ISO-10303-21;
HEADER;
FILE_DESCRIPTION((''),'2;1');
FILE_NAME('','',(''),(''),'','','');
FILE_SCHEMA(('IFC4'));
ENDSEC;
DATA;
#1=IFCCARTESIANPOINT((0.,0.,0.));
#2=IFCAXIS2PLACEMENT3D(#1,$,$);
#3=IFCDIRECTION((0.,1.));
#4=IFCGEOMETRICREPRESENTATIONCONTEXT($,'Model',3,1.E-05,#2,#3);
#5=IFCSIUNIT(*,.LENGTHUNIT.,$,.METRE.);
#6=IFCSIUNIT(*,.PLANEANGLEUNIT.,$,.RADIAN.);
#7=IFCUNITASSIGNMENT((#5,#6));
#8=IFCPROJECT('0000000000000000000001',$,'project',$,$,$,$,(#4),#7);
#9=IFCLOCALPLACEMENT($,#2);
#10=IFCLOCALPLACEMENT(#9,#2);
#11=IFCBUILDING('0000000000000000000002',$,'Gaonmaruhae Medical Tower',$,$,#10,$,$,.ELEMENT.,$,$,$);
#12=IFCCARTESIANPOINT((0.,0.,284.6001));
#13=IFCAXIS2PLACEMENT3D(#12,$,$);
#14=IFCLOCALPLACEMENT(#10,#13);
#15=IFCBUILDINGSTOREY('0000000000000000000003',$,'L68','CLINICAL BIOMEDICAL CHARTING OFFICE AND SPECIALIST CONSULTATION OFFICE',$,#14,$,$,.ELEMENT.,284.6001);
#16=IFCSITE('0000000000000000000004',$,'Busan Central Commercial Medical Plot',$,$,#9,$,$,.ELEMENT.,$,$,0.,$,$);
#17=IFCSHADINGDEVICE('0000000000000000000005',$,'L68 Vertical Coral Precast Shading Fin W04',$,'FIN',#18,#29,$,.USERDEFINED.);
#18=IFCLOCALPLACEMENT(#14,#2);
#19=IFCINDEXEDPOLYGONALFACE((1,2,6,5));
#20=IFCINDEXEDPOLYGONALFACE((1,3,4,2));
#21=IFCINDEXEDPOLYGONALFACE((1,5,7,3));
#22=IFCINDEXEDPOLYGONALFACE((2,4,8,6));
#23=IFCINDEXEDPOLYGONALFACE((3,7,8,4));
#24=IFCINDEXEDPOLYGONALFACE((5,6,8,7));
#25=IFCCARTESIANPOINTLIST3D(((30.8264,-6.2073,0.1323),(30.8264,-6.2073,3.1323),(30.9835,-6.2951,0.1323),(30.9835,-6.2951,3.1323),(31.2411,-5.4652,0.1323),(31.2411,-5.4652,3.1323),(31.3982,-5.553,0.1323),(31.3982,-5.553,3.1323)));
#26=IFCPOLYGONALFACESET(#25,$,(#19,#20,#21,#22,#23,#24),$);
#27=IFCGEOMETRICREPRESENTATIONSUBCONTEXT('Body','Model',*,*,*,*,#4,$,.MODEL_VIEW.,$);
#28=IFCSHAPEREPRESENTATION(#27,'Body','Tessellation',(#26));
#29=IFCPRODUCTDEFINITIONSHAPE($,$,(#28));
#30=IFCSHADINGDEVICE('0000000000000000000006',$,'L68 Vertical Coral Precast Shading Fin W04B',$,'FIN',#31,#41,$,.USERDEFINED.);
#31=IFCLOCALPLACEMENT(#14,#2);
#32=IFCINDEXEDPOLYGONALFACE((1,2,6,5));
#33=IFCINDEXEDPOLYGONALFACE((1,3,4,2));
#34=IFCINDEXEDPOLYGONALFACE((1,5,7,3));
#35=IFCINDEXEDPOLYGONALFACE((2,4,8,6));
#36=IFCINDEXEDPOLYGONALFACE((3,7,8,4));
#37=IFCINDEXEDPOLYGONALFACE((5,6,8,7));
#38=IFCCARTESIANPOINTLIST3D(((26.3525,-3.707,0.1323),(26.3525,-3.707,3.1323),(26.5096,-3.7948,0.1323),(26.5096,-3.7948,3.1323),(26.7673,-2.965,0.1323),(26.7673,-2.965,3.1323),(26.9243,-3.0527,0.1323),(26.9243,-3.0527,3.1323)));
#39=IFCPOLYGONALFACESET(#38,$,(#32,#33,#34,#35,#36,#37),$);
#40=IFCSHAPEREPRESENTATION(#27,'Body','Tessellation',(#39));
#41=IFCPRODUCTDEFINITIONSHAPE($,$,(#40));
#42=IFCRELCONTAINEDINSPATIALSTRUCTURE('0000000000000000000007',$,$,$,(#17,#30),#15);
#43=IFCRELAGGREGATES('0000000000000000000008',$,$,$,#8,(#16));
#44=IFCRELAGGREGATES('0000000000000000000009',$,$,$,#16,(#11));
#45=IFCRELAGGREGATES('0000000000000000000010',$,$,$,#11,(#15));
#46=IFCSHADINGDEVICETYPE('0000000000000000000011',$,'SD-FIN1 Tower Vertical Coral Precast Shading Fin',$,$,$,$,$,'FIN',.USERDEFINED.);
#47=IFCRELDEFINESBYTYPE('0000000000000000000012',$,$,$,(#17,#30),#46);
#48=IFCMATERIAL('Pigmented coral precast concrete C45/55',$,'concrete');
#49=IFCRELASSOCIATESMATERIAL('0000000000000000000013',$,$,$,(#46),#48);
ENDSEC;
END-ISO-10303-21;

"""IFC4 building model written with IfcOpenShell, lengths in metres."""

from ifc_helpers import new_model, si_unit, direction, frame, origin, origin_2d, place, context, subcontext, project, spatial, rectangle, extrude, material, type_object, element, save


model = new_model("IFC4")

# Units and contexts
model_context = context("Model", 3, precision=1e-05, world=origin(), true_north=direction((0.0, 1.0)))
body_context = subcontext(model_context, "Body", "Model", "MODEL_VIEW")
ifc_project = project(units=[si_unit("LENGTHUNIT", "METRE"), si_unit("PLANEANGLEUNIT", "RADIAN")], contexts=[model_context])

# Site, building, storey
site_placement = place(None, origin())
site = spatial("IfcSite", under=ifc_project, at=site_placement, Name="Busan Central Commercial Medical Plot", CompositionType="ELEMENT", RefElevation=0.0)
building_placement = place(site_placement, origin())
building = spatial("IfcBuilding", under=site, at=building_placement, Name="Gaonmaruhae Medical Tower", CompositionType="ELEMENT")
storey_placement = place(building_placement, frame((0.0, 0.0, 284.6001)))
storey = spatial("IfcBuildingStorey", under=building, at=storey_placement, Name="L68", Description="CLINICAL BIOMEDICAL CHARTING OFFICE AND SPECIALIST CONSULTATION OFFICE", CompositionType="ELEMENT", Elevation=284.6001)

# Shading devices
ifc_material_1 = material(Name="Pigmented coral precast concrete C45/55", Category="concrete")
shading_device_type = type_object("IfcShadingDeviceType", Name="SD-FIN1 Tower Vertical Coral Precast Shading Fin", ElementType="FIN", PredefinedType="USERDEFINED", material=ifc_material_1)
for number, where, z_axis, x_axis, name in (
    (1, (31.1123, -5.8801, 0.1323), (0.0, 0.0, 1.0), (-0.872922, 0.48786, 0.0), "L68 Vertical Coral Precast Shading Fin W04"),
    (2, (26.6384, -3.3799, 0.1323), (0.0, 0.0, 1.0), (-0.872922, 0.48786, 0.0), "L68 Vertical Coral Precast Shading Fin W04B"),
):
    element("IfcShadingDevice", number, at=place(storey_placement, frame(where, z_axis=z_axis, x_axis=x_axis)), inside=storey, type_object=shading_device_type, Name=name, ObjectType="FIN", PredefinedType="USERDEFINED", context=body_context, shape_type="SweptSolid", body=[
        extrude(rectangle(XDim=0.1799, YDim=0.8501, at=origin_2d()), origin(), (0.0, 0.0, 1.0), 3.0),
    ])

save(model, "model.ifc")
